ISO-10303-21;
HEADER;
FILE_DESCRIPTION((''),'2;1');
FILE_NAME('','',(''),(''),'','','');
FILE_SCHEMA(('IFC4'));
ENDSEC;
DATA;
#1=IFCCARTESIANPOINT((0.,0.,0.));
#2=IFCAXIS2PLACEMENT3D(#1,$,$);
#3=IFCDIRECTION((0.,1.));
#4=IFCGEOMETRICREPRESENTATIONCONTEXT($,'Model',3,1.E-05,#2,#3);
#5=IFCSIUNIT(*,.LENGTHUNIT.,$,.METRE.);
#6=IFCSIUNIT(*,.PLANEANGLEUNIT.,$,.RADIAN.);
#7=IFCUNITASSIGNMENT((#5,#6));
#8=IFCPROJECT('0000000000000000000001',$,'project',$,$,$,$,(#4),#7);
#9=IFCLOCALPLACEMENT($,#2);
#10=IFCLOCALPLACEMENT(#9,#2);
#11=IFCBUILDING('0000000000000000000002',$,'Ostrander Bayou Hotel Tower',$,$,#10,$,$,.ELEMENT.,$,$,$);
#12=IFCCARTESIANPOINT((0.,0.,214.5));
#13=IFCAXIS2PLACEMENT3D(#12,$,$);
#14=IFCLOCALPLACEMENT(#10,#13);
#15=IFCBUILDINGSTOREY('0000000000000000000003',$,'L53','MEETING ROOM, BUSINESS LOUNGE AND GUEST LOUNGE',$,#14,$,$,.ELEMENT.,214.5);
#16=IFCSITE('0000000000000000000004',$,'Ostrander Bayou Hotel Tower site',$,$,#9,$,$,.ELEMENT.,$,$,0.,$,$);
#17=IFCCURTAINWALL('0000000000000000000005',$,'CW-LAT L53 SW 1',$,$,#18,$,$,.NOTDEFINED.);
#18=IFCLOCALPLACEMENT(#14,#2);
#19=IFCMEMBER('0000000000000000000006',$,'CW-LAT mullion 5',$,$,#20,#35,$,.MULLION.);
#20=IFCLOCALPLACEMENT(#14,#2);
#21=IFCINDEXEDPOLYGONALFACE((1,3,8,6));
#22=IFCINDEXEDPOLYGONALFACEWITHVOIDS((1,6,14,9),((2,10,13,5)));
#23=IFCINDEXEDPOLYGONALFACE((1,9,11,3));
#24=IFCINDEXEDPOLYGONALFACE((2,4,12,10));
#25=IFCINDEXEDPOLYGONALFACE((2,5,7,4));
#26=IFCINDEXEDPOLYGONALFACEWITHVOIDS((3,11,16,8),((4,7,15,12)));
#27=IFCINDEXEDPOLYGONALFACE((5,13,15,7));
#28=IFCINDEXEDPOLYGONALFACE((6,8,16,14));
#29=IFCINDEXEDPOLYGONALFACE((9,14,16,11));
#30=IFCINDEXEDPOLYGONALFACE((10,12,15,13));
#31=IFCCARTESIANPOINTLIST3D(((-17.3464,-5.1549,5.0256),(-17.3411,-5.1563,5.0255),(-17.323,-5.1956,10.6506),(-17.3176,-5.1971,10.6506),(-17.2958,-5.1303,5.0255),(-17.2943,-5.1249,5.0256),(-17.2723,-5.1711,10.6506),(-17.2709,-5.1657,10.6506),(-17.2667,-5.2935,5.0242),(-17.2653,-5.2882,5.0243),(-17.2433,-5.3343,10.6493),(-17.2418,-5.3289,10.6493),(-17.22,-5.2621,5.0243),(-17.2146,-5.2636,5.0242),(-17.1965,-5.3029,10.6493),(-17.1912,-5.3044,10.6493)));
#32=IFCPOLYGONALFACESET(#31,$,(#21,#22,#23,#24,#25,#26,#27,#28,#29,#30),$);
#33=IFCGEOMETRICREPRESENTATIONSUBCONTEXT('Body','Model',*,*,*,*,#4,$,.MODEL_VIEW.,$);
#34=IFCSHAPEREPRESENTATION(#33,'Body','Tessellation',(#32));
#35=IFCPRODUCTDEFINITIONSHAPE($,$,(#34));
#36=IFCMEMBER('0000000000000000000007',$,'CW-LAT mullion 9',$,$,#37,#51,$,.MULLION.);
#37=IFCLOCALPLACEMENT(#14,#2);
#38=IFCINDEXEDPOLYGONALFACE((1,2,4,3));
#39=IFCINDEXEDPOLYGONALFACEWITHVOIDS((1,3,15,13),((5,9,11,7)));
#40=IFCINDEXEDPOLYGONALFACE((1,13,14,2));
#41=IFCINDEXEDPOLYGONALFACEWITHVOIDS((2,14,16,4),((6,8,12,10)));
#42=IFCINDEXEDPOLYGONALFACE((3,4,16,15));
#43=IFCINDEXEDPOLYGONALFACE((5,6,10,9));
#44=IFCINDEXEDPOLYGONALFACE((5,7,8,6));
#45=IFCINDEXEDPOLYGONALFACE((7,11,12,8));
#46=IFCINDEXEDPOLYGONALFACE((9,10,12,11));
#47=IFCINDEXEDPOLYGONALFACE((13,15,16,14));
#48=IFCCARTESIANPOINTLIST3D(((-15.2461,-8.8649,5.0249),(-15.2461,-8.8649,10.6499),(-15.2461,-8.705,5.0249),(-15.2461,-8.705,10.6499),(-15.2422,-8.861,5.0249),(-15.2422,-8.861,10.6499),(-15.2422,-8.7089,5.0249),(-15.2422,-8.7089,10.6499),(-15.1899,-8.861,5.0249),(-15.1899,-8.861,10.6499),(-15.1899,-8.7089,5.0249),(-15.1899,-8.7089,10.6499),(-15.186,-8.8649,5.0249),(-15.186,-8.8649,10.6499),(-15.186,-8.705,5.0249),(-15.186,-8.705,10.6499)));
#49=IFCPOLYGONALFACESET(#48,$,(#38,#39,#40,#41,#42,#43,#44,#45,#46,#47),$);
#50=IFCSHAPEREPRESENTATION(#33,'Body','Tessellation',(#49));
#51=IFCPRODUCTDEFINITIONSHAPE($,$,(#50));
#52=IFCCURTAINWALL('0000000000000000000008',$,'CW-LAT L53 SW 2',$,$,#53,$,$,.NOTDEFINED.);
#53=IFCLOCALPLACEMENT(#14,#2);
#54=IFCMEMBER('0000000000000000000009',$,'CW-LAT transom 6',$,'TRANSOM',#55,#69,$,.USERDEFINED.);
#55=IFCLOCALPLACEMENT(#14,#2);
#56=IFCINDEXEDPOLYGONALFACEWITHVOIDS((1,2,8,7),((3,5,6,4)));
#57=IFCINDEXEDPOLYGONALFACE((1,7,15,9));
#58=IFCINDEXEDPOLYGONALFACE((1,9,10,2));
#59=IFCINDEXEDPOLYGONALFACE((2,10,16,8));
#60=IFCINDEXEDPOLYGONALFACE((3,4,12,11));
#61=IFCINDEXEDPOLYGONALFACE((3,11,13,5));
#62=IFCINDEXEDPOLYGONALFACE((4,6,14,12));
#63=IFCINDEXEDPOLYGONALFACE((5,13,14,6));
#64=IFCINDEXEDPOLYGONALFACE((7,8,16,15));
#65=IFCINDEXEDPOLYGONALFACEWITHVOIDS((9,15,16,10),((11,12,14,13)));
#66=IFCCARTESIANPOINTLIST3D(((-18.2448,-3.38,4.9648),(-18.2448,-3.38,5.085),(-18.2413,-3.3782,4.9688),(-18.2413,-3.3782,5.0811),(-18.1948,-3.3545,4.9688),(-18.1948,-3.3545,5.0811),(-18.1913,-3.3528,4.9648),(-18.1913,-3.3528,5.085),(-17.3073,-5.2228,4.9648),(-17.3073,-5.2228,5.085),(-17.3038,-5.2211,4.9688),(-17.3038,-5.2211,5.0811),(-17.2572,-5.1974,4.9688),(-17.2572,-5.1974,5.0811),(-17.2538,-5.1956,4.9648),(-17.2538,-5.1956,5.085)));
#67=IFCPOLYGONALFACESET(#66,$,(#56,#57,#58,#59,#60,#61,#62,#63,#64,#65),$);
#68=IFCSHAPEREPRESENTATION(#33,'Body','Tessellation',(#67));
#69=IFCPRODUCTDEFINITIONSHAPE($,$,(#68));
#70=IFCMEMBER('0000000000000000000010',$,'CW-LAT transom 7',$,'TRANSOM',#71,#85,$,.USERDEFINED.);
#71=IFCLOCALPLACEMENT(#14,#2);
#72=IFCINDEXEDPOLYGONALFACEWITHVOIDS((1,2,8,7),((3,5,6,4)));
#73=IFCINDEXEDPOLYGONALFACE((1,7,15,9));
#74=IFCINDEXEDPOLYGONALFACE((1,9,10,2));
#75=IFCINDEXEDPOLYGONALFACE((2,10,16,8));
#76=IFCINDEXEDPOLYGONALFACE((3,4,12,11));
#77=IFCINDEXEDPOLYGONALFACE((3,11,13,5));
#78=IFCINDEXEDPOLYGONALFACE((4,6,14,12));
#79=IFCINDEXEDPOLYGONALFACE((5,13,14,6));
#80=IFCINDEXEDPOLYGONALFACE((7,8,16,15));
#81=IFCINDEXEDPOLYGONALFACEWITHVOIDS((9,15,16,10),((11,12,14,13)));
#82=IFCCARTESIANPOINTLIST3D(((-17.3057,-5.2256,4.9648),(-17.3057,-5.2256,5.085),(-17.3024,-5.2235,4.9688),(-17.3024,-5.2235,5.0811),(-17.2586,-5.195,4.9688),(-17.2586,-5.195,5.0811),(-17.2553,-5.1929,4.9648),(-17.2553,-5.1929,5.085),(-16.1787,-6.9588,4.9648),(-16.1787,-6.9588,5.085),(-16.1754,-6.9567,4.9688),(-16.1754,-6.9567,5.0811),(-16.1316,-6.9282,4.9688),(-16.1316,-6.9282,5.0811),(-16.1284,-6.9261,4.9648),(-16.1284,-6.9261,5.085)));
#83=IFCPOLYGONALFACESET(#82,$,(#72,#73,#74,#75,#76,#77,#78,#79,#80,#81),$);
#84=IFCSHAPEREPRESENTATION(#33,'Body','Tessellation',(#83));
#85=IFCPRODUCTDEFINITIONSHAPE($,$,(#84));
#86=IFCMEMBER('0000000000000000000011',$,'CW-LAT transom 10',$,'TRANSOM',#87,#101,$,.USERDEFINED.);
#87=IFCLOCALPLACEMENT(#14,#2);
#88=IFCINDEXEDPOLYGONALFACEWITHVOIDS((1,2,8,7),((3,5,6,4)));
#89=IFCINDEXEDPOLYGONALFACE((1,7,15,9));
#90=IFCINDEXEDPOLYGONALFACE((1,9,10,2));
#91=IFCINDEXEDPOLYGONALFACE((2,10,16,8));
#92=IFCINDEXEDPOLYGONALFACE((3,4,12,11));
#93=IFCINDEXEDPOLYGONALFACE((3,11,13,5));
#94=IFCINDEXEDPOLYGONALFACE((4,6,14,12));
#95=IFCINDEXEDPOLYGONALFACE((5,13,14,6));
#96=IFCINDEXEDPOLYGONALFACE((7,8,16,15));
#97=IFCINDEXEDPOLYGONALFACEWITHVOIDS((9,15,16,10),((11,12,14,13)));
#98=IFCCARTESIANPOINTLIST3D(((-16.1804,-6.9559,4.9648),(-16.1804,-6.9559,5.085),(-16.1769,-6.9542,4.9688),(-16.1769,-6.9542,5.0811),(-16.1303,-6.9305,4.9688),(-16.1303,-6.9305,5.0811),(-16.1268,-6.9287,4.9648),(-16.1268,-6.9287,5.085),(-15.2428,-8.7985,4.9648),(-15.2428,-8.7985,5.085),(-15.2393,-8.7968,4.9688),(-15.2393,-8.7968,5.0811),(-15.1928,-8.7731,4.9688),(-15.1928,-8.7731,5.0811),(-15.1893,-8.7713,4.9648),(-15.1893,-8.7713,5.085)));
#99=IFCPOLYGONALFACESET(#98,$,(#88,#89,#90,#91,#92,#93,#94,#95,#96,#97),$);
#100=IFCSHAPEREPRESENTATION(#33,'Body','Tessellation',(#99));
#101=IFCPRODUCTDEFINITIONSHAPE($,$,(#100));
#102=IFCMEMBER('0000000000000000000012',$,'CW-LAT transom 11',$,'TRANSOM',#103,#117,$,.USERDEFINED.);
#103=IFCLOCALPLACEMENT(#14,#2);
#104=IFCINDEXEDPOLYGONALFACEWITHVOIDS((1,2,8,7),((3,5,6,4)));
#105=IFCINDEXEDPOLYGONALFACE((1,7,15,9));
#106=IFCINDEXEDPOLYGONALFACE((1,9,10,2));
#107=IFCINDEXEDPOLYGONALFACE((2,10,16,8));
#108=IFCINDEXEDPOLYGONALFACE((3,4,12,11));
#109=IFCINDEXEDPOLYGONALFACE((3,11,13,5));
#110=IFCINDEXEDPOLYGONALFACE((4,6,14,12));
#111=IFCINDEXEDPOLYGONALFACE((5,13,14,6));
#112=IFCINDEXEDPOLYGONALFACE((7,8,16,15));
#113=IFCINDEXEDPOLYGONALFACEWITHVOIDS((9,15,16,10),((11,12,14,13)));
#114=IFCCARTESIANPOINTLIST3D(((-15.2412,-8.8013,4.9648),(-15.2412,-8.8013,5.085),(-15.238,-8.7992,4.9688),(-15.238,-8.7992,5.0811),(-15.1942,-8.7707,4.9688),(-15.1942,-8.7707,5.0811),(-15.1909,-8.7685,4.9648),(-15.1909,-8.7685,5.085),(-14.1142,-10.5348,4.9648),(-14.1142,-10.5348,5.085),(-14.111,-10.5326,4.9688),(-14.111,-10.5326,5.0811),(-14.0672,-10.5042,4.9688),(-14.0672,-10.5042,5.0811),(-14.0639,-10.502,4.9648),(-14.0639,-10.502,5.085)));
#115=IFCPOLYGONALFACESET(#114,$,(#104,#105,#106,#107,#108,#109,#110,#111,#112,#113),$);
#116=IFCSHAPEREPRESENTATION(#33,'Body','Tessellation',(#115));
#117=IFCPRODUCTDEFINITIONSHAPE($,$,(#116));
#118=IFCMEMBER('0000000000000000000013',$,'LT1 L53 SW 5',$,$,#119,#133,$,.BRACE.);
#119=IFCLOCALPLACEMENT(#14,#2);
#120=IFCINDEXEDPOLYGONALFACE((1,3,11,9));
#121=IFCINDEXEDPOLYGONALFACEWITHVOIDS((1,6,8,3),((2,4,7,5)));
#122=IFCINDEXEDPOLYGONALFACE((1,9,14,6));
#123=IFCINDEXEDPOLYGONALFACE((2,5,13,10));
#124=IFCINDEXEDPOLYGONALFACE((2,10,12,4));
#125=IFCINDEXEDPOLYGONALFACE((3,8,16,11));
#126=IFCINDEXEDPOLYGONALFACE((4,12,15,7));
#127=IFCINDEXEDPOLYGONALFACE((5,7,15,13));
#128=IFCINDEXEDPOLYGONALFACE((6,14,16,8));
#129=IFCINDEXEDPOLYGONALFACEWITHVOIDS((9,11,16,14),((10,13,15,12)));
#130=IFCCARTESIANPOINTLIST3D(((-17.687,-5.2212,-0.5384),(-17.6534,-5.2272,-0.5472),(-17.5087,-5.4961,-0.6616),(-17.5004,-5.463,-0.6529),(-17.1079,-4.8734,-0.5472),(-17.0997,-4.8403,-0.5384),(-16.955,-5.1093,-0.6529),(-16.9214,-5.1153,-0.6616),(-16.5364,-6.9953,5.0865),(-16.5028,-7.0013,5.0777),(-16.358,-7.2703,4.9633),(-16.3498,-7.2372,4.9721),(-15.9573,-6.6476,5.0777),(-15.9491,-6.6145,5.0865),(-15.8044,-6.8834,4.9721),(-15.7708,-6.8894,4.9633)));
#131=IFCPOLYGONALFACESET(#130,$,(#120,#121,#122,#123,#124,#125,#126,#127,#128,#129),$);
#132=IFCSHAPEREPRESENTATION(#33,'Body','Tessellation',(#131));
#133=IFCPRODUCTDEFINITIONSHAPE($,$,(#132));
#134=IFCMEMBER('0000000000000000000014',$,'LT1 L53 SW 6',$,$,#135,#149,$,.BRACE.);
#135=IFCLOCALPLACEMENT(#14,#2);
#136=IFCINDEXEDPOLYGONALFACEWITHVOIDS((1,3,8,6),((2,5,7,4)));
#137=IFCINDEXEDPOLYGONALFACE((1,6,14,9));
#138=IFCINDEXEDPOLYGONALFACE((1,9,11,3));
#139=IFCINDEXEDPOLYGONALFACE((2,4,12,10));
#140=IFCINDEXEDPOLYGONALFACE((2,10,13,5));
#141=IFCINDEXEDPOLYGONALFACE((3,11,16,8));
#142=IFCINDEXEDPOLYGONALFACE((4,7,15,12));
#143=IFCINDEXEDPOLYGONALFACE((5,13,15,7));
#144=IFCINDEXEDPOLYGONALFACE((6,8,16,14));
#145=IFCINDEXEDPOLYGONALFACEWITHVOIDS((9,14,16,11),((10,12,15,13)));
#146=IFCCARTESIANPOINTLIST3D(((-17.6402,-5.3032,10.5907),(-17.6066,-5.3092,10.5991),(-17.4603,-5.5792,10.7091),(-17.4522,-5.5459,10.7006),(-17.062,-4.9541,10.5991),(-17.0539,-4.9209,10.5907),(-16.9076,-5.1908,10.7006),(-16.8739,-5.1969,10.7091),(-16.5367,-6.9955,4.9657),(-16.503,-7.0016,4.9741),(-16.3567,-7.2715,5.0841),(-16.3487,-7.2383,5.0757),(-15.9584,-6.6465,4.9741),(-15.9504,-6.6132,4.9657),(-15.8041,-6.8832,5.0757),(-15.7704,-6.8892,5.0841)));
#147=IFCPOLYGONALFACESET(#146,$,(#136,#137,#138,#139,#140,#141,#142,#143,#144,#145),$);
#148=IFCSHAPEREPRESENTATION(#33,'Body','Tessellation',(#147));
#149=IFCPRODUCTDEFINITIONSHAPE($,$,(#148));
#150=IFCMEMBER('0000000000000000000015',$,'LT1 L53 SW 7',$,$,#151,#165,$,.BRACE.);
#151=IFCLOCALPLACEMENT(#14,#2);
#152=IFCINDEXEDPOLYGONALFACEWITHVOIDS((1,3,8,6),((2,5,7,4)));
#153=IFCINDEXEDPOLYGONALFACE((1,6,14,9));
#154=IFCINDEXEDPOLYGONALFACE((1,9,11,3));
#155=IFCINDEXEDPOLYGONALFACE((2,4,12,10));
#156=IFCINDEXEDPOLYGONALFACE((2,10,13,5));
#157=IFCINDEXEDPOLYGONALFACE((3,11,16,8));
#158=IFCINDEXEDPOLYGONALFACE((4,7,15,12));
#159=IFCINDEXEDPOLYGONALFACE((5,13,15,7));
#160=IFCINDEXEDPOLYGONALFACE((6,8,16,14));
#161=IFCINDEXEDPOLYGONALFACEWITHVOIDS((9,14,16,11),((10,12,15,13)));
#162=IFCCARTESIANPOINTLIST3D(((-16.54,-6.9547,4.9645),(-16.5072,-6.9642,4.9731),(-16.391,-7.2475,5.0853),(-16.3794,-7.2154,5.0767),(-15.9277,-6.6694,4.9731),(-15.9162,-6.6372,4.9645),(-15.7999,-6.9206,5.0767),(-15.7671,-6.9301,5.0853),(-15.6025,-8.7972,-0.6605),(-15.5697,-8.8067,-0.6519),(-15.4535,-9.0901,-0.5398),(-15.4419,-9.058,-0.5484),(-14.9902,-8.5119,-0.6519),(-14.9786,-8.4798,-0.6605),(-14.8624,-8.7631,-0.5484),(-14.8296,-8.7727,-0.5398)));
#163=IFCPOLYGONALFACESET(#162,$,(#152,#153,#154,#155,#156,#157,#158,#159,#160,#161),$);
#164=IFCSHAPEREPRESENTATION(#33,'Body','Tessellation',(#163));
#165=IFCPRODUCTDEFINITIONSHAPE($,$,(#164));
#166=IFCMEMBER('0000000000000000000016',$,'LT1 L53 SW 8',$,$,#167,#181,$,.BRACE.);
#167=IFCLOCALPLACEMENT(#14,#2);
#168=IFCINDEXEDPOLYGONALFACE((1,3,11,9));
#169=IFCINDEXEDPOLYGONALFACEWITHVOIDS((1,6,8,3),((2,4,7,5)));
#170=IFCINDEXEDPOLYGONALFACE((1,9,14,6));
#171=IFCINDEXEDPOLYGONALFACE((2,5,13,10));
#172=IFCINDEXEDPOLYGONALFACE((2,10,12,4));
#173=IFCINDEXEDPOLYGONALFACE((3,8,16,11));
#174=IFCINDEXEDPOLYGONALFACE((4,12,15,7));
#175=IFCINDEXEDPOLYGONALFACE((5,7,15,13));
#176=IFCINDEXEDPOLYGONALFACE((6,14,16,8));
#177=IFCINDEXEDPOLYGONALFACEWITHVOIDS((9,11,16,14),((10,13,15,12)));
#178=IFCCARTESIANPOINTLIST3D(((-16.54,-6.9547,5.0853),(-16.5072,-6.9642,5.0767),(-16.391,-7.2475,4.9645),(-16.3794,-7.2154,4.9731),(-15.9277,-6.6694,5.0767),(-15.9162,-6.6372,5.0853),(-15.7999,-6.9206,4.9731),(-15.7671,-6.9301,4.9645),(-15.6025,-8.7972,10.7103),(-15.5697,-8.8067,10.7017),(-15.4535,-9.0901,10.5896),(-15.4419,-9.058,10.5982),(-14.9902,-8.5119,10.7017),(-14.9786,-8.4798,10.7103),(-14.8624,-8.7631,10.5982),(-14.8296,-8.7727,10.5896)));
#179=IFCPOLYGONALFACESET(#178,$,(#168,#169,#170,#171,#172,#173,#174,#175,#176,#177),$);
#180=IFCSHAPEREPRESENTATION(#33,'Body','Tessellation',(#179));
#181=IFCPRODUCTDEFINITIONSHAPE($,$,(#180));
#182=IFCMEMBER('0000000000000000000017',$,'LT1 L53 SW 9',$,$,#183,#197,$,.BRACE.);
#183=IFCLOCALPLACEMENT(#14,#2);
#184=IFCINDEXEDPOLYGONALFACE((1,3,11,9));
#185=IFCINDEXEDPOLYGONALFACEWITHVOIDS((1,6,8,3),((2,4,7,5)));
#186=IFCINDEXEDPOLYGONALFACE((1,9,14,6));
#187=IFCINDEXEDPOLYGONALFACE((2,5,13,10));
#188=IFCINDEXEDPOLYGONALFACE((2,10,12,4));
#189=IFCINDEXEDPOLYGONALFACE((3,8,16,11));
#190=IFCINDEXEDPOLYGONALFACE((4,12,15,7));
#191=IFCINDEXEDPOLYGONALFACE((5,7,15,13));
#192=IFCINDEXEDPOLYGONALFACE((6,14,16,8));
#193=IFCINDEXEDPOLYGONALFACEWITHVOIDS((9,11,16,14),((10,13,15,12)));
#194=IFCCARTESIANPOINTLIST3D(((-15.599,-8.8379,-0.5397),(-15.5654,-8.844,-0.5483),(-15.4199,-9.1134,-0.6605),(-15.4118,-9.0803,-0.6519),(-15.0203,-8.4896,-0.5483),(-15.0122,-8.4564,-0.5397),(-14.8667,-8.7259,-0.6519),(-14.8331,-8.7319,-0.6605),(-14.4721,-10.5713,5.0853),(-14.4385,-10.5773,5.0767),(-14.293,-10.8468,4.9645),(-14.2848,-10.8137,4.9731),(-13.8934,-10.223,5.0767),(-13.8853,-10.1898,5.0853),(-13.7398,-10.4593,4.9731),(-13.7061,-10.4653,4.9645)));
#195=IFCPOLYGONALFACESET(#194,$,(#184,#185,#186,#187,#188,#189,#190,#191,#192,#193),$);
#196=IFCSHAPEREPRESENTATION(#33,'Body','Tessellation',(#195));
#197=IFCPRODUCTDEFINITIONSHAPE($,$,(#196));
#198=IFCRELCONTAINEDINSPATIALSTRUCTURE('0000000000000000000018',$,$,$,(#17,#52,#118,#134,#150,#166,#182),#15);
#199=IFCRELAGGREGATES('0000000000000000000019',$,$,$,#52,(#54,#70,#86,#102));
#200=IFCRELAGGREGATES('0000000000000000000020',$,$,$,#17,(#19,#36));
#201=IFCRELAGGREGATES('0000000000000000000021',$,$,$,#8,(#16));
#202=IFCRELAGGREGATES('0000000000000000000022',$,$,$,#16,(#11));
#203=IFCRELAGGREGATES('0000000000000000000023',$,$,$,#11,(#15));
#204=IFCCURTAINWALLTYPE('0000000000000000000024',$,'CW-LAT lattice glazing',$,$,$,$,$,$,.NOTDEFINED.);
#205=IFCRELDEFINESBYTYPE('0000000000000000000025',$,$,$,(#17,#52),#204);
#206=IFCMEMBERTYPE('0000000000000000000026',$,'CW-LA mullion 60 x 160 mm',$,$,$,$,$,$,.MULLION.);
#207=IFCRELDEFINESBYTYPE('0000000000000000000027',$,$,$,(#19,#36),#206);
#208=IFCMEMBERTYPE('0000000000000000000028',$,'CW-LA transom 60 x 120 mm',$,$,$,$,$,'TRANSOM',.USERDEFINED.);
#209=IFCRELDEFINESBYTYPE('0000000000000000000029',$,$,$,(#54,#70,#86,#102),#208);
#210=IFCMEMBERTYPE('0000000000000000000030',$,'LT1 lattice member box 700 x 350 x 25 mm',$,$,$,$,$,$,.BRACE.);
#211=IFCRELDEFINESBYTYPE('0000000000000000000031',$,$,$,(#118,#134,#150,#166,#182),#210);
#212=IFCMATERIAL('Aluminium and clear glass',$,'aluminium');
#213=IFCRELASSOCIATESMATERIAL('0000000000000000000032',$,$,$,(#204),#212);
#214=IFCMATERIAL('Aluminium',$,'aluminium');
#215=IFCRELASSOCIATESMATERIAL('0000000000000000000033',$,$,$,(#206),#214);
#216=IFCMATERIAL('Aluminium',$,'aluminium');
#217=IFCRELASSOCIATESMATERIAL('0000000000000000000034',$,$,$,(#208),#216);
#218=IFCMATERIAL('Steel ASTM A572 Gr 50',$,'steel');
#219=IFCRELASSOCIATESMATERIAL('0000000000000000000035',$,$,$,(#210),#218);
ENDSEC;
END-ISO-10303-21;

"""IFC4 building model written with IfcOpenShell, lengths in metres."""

from ifc_helpers import new_model, si_unit, direction, frame, origin, origin_2d, place, context, subcontext, project, spatial, hollow_rectangle, extrude, material, material_profile, profile_set, type_object, element, aggregate, save


model = new_model("IFC4")

# Units and contexts
model_context = context("Model", 3, precision=1e-05, world=origin(), true_north=direction((0.0, 1.0)))
body_context = subcontext(model_context, "Body", "Model", "MODEL_VIEW")
ifc_project = project(units=[si_unit("LENGTHUNIT", "METRE"), si_unit("PLANEANGLEUNIT", "RADIAN")], contexts=[model_context])

# Site, building, storey
site_placement = place(None, origin())
site = spatial("IfcSite", under=ifc_project, at=site_placement, Name="Ostrander Bayou Hotel Tower site", CompositionType="ELEMENT", RefElevation=0.0)
building_placement = place(site_placement, origin())
building = spatial("IfcBuilding", under=site, at=building_placement, Name="Ostrander Bayou Hotel Tower", CompositionType="ELEMENT")
storey_placement = place(building_placement, frame((0.0, 0.0, 214.5)))
storey = spatial("IfcBuildingStorey", under=building, at=storey_placement, Name="L53", Description="MEETING ROOM, BUSINESS LOUNGE AND GUEST LOUNGE", CompositionType="ELEMENT", Elevation=214.5)

# Curtain walls, members
ifc_material_1 = material(Name="Aluminium and clear glass", Category="aluminium")
curtain_wall_type = type_object("IfcCurtainWallType", Name="CW-LAT lattice glazing", PredefinedType="NOTDEFINED", material=ifc_material_1)
curtain_wall_1_placement = place(storey_placement, origin())
curtain_wall_1 = element("IfcCurtainWall", 1, at=curtain_wall_1_placement, inside=storey, type_object=curtain_wall_type, Name="CW-LAT L53 SW 1", PredefinedType="NOTDEFINED")
ifc_material_2 = material(Name="Aluminium", Category="aluminium")
ifc_material_profile_1 = material_profile(ifc_material_2, hollow_rectangle(XDim=0.0601, YDim=0.1599, WallThickness=0.0039, at=origin_2d()))
ifc_profile_set_1 = profile_set([ifc_material_profile_1], Name="Aluminium")
member_type_1 = type_object("IfcMemberType", Name="CW-LA mullion 60 x 160 mm", PredefinedType="MULLION", material=ifc_profile_set_1)
member_1_placement = place(storey_placement, frame((-17.2805, -5.2092, 5.0249), z_axis=(0.004167, -0.007248, 0.999965), x_axis=(0.866962, 0.498374, 0.0)))
member_1 = element("IfcMember", 2, at=member_1_placement, type_object=member_type_1, Name="CW-LAT mullion 5", PredefinedType="MULLION", context=body_context, shape_type="SweptSolid", body=[
    extrude(hollow_rectangle(XDim=0.0601, YDim=0.1599, WallThickness=0.0039, at=origin_2d()), origin(), (0.0, 0.0, 1.0), 5.6252),
])
member_2_placement = place(storey_placement, frame((-15.2161, -8.7849, 5.0249), z_axis=(0.0, 0.0, 1.0), x_axis=(1.0, 0.0, 0.0)))
member_2 = element("IfcMember", 3, at=member_2_placement, type_object=member_type_1, Name="CW-LAT mullion 9", PredefinedType="MULLION", context=body_context, shape_type="SweptSolid", body=[
    extrude(hollow_rectangle(XDim=0.0601, YDim=0.1599, WallThickness=0.0039, at=origin_2d()), origin(), (0.0, 0.0, 1.0), 5.625),
])
curtain_wall_2_placement = place(storey_placement, origin())
curtain_wall_2 = element("IfcCurtainWall", 4, at=curtain_wall_2_placement, inside=storey, type_object=curtain_wall_type, Name="CW-LAT L53 SW 2", PredefinedType="NOTDEFINED")
ifc_material_3 = material(Name="Aluminium", Category="aluminium")
ifc_material_profile_2 = material_profile(ifc_material_3, hollow_rectangle(XDim=0.0601, YDim=0.1201, WallThickness=0.0039, at=origin_2d()))
ifc_profile_set_2 = profile_set([ifc_material_profile_2], Name="Aluminium")
member_type_2 = type_object("IfcMemberType", Name="CW-LA transom 60 x 120 mm", ElementType="TRANSOM", PredefinedType="USERDEFINED", material=ifc_profile_set_2)
member_3_placement = place(storey_placement, frame((-17.2805, -5.2092, 5.0249), z_axis=(-0.453437, 0.891288, 0.0), x_axis=(-0.891288, -0.453437, 0.0)))
member_3 = element("IfcMember", 5, at=member_3_placement, type_object=member_type_2, Name="CW-LAT transom 6", ObjectType="TRANSOM", PredefinedType="USERDEFINED", context=body_context, shape_type="SweptSolid", body=[
    extrude(hollow_rectangle(XDim=0.0601, YDim=0.1201, WallThickness=0.0039, at=origin_2d()), origin(), (0.0, 0.0, 1.0), 2.0676),
])
member_4_placement = place(storey_placement, frame((-17.2805, -5.2092, 5.0249), z_axis=(0.545125, -0.838355, 0.0), x_axis=(0.838355, 0.545125, 0.0)))
member_4 = element("IfcMember", 6, at=member_4_placement, type_object=member_type_2, Name="CW-LAT transom 7", ObjectType="TRANSOM", PredefinedType="USERDEFINED", context=body_context, shape_type="SweptSolid", body=[
    extrude(hollow_rectangle(XDim=0.0601, YDim=0.1201, WallThickness=0.0039, at=origin_2d()), origin(), (0.0, 0.0, 1.0), 2.0674),
])
member_5_placement = place(storey_placement, frame((-15.2161, -8.7849, 5.0249), z_axis=(-0.453485, 0.891264, 0.0), x_axis=(-0.891264, -0.453485, 0.0)))
member_5 = element("IfcMember", 7, at=member_5_placement, type_object=member_type_2, Name="CW-LAT transom 10", ObjectType="TRANSOM", PredefinedType="USERDEFINED", context=body_context, shape_type="SweptSolid", body=[
    extrude(hollow_rectangle(XDim=0.0601, YDim=0.1201, WallThickness=0.0039, at=origin_2d()), origin(), (0.0, 0.0, 1.0), 2.0674),
])
member_6_placement = place(storey_placement, frame((-15.2161, -8.7849, 5.0249), z_axis=(0.545071, -0.83839, 0.0), x_axis=(0.83839, 0.545071, 0.0)))
member_6 = element("IfcMember", 8, at=member_6_placement, type_object=member_type_2, Name="CW-LAT transom 11", ObjectType="TRANSOM", PredefinedType="USERDEFINED", context=body_context, shape_type="SweptSolid", body=[
    extrude(hollow_rectangle(XDim=0.0601, YDim=0.1201, WallThickness=0.0039, at=origin_2d()), origin(), (0.0, 0.0, 1.0), 2.0676),
])

# Members
ifc_material_4 = material(Name="Steel ASTM A572 Gr 50", Category="steel")
ifc_material_profile_3 = material_profile(ifc_material_4, hollow_rectangle(XDim=0.7, YDim=0.3501, WallThickness=0.0249, at=origin_2d()))
ifc_profile_set_3 = profile_set([ifc_material_profile_3], Name="Steel ASTM A572 Gr 50")
member_type_3 = type_object("IfcMemberType", Name="LT1 lattice member box 700 x 350 x 25 mm", PredefinedType="BRACE", material=ifc_profile_set_3)
member_7_placement = place(storey_placement, frame((-16.1536, -6.9424, 5.0249), z_axis=(-0.191474, 0.295235, -0.936042), x_axis=(-0.839, -0.544132, 0.0)))
element("IfcMember", 9, at=member_7_placement, inside=storey, type_object=member_type_3, Name="LT1 L53 SW 5", PredefinedType="BRACE", context=body_context, shape_type="SweptSolid", body=[
    extrude(hollow_rectangle(XDim=0.7, YDim=0.3501, WallThickness=0.0249, at=origin_2d()), origin(), (0.0, 0.0, 1.0), 6.0093),
])
member_8_placement = place(storey_placement, frame((-16.1536, -6.9424, 5.0249), z_axis=(-0.184632, 0.283157, 0.941134), x_axis=(-0.837659, -0.546194, 0.0)))
element("IfcMember", 10, at=member_8_placement, inside=storey, type_object=member_type_3, Name="LT1 L53 SW 6", PredefinedType="BRACE", context=body_context, shape_type="SweptSolid", body=[
    extrude(hollow_rectangle(XDim=0.7, YDim=0.3501, WallThickness=0.0249, at=origin_2d()), origin(), (0.0, 0.0, 1.0), 5.9768),
])
for number, where, z_axis, x_axis, name in (
    (11, (-16.1536, -6.9424, 5.0249), (0.156436, -0.307454, -0.938616), (0.891264, 0.453485, 0.0), "LT1 L53 SW 7"),
    (12, (-16.1536, -6.9424, 5.0249), (0.156436, -0.307454, 0.938616), (0.891264, 0.453485, 0.0), "LT1 L53 SW 8"),
    (13, (-14.0891, -10.5183, 5.0249), (-0.188047, 0.28924, -0.938605), (-0.83839, -0.545071, 0.0), "LT1 L53 SW 9"),
):
    element("IfcMember", number, at=place(storey_placement, frame(where, z_axis=z_axis, x_axis=x_axis)), inside=storey, type_object=member_type_3, Name=name, PredefinedType="BRACE", context=body_context, shape_type="SweptSolid", body=[
        extrude(hollow_rectangle(XDim=0.7, YDim=0.3501, WallThickness=0.0249, at=origin_2d()), origin(), (0.0, 0.0, 1.0), 5.9929),
    ])

aggregate(curtain_wall_2, [member_3, member_4, member_5, member_6])
aggregate(curtain_wall_1, [member_1, member_2])

save(model, "model.ifc")
